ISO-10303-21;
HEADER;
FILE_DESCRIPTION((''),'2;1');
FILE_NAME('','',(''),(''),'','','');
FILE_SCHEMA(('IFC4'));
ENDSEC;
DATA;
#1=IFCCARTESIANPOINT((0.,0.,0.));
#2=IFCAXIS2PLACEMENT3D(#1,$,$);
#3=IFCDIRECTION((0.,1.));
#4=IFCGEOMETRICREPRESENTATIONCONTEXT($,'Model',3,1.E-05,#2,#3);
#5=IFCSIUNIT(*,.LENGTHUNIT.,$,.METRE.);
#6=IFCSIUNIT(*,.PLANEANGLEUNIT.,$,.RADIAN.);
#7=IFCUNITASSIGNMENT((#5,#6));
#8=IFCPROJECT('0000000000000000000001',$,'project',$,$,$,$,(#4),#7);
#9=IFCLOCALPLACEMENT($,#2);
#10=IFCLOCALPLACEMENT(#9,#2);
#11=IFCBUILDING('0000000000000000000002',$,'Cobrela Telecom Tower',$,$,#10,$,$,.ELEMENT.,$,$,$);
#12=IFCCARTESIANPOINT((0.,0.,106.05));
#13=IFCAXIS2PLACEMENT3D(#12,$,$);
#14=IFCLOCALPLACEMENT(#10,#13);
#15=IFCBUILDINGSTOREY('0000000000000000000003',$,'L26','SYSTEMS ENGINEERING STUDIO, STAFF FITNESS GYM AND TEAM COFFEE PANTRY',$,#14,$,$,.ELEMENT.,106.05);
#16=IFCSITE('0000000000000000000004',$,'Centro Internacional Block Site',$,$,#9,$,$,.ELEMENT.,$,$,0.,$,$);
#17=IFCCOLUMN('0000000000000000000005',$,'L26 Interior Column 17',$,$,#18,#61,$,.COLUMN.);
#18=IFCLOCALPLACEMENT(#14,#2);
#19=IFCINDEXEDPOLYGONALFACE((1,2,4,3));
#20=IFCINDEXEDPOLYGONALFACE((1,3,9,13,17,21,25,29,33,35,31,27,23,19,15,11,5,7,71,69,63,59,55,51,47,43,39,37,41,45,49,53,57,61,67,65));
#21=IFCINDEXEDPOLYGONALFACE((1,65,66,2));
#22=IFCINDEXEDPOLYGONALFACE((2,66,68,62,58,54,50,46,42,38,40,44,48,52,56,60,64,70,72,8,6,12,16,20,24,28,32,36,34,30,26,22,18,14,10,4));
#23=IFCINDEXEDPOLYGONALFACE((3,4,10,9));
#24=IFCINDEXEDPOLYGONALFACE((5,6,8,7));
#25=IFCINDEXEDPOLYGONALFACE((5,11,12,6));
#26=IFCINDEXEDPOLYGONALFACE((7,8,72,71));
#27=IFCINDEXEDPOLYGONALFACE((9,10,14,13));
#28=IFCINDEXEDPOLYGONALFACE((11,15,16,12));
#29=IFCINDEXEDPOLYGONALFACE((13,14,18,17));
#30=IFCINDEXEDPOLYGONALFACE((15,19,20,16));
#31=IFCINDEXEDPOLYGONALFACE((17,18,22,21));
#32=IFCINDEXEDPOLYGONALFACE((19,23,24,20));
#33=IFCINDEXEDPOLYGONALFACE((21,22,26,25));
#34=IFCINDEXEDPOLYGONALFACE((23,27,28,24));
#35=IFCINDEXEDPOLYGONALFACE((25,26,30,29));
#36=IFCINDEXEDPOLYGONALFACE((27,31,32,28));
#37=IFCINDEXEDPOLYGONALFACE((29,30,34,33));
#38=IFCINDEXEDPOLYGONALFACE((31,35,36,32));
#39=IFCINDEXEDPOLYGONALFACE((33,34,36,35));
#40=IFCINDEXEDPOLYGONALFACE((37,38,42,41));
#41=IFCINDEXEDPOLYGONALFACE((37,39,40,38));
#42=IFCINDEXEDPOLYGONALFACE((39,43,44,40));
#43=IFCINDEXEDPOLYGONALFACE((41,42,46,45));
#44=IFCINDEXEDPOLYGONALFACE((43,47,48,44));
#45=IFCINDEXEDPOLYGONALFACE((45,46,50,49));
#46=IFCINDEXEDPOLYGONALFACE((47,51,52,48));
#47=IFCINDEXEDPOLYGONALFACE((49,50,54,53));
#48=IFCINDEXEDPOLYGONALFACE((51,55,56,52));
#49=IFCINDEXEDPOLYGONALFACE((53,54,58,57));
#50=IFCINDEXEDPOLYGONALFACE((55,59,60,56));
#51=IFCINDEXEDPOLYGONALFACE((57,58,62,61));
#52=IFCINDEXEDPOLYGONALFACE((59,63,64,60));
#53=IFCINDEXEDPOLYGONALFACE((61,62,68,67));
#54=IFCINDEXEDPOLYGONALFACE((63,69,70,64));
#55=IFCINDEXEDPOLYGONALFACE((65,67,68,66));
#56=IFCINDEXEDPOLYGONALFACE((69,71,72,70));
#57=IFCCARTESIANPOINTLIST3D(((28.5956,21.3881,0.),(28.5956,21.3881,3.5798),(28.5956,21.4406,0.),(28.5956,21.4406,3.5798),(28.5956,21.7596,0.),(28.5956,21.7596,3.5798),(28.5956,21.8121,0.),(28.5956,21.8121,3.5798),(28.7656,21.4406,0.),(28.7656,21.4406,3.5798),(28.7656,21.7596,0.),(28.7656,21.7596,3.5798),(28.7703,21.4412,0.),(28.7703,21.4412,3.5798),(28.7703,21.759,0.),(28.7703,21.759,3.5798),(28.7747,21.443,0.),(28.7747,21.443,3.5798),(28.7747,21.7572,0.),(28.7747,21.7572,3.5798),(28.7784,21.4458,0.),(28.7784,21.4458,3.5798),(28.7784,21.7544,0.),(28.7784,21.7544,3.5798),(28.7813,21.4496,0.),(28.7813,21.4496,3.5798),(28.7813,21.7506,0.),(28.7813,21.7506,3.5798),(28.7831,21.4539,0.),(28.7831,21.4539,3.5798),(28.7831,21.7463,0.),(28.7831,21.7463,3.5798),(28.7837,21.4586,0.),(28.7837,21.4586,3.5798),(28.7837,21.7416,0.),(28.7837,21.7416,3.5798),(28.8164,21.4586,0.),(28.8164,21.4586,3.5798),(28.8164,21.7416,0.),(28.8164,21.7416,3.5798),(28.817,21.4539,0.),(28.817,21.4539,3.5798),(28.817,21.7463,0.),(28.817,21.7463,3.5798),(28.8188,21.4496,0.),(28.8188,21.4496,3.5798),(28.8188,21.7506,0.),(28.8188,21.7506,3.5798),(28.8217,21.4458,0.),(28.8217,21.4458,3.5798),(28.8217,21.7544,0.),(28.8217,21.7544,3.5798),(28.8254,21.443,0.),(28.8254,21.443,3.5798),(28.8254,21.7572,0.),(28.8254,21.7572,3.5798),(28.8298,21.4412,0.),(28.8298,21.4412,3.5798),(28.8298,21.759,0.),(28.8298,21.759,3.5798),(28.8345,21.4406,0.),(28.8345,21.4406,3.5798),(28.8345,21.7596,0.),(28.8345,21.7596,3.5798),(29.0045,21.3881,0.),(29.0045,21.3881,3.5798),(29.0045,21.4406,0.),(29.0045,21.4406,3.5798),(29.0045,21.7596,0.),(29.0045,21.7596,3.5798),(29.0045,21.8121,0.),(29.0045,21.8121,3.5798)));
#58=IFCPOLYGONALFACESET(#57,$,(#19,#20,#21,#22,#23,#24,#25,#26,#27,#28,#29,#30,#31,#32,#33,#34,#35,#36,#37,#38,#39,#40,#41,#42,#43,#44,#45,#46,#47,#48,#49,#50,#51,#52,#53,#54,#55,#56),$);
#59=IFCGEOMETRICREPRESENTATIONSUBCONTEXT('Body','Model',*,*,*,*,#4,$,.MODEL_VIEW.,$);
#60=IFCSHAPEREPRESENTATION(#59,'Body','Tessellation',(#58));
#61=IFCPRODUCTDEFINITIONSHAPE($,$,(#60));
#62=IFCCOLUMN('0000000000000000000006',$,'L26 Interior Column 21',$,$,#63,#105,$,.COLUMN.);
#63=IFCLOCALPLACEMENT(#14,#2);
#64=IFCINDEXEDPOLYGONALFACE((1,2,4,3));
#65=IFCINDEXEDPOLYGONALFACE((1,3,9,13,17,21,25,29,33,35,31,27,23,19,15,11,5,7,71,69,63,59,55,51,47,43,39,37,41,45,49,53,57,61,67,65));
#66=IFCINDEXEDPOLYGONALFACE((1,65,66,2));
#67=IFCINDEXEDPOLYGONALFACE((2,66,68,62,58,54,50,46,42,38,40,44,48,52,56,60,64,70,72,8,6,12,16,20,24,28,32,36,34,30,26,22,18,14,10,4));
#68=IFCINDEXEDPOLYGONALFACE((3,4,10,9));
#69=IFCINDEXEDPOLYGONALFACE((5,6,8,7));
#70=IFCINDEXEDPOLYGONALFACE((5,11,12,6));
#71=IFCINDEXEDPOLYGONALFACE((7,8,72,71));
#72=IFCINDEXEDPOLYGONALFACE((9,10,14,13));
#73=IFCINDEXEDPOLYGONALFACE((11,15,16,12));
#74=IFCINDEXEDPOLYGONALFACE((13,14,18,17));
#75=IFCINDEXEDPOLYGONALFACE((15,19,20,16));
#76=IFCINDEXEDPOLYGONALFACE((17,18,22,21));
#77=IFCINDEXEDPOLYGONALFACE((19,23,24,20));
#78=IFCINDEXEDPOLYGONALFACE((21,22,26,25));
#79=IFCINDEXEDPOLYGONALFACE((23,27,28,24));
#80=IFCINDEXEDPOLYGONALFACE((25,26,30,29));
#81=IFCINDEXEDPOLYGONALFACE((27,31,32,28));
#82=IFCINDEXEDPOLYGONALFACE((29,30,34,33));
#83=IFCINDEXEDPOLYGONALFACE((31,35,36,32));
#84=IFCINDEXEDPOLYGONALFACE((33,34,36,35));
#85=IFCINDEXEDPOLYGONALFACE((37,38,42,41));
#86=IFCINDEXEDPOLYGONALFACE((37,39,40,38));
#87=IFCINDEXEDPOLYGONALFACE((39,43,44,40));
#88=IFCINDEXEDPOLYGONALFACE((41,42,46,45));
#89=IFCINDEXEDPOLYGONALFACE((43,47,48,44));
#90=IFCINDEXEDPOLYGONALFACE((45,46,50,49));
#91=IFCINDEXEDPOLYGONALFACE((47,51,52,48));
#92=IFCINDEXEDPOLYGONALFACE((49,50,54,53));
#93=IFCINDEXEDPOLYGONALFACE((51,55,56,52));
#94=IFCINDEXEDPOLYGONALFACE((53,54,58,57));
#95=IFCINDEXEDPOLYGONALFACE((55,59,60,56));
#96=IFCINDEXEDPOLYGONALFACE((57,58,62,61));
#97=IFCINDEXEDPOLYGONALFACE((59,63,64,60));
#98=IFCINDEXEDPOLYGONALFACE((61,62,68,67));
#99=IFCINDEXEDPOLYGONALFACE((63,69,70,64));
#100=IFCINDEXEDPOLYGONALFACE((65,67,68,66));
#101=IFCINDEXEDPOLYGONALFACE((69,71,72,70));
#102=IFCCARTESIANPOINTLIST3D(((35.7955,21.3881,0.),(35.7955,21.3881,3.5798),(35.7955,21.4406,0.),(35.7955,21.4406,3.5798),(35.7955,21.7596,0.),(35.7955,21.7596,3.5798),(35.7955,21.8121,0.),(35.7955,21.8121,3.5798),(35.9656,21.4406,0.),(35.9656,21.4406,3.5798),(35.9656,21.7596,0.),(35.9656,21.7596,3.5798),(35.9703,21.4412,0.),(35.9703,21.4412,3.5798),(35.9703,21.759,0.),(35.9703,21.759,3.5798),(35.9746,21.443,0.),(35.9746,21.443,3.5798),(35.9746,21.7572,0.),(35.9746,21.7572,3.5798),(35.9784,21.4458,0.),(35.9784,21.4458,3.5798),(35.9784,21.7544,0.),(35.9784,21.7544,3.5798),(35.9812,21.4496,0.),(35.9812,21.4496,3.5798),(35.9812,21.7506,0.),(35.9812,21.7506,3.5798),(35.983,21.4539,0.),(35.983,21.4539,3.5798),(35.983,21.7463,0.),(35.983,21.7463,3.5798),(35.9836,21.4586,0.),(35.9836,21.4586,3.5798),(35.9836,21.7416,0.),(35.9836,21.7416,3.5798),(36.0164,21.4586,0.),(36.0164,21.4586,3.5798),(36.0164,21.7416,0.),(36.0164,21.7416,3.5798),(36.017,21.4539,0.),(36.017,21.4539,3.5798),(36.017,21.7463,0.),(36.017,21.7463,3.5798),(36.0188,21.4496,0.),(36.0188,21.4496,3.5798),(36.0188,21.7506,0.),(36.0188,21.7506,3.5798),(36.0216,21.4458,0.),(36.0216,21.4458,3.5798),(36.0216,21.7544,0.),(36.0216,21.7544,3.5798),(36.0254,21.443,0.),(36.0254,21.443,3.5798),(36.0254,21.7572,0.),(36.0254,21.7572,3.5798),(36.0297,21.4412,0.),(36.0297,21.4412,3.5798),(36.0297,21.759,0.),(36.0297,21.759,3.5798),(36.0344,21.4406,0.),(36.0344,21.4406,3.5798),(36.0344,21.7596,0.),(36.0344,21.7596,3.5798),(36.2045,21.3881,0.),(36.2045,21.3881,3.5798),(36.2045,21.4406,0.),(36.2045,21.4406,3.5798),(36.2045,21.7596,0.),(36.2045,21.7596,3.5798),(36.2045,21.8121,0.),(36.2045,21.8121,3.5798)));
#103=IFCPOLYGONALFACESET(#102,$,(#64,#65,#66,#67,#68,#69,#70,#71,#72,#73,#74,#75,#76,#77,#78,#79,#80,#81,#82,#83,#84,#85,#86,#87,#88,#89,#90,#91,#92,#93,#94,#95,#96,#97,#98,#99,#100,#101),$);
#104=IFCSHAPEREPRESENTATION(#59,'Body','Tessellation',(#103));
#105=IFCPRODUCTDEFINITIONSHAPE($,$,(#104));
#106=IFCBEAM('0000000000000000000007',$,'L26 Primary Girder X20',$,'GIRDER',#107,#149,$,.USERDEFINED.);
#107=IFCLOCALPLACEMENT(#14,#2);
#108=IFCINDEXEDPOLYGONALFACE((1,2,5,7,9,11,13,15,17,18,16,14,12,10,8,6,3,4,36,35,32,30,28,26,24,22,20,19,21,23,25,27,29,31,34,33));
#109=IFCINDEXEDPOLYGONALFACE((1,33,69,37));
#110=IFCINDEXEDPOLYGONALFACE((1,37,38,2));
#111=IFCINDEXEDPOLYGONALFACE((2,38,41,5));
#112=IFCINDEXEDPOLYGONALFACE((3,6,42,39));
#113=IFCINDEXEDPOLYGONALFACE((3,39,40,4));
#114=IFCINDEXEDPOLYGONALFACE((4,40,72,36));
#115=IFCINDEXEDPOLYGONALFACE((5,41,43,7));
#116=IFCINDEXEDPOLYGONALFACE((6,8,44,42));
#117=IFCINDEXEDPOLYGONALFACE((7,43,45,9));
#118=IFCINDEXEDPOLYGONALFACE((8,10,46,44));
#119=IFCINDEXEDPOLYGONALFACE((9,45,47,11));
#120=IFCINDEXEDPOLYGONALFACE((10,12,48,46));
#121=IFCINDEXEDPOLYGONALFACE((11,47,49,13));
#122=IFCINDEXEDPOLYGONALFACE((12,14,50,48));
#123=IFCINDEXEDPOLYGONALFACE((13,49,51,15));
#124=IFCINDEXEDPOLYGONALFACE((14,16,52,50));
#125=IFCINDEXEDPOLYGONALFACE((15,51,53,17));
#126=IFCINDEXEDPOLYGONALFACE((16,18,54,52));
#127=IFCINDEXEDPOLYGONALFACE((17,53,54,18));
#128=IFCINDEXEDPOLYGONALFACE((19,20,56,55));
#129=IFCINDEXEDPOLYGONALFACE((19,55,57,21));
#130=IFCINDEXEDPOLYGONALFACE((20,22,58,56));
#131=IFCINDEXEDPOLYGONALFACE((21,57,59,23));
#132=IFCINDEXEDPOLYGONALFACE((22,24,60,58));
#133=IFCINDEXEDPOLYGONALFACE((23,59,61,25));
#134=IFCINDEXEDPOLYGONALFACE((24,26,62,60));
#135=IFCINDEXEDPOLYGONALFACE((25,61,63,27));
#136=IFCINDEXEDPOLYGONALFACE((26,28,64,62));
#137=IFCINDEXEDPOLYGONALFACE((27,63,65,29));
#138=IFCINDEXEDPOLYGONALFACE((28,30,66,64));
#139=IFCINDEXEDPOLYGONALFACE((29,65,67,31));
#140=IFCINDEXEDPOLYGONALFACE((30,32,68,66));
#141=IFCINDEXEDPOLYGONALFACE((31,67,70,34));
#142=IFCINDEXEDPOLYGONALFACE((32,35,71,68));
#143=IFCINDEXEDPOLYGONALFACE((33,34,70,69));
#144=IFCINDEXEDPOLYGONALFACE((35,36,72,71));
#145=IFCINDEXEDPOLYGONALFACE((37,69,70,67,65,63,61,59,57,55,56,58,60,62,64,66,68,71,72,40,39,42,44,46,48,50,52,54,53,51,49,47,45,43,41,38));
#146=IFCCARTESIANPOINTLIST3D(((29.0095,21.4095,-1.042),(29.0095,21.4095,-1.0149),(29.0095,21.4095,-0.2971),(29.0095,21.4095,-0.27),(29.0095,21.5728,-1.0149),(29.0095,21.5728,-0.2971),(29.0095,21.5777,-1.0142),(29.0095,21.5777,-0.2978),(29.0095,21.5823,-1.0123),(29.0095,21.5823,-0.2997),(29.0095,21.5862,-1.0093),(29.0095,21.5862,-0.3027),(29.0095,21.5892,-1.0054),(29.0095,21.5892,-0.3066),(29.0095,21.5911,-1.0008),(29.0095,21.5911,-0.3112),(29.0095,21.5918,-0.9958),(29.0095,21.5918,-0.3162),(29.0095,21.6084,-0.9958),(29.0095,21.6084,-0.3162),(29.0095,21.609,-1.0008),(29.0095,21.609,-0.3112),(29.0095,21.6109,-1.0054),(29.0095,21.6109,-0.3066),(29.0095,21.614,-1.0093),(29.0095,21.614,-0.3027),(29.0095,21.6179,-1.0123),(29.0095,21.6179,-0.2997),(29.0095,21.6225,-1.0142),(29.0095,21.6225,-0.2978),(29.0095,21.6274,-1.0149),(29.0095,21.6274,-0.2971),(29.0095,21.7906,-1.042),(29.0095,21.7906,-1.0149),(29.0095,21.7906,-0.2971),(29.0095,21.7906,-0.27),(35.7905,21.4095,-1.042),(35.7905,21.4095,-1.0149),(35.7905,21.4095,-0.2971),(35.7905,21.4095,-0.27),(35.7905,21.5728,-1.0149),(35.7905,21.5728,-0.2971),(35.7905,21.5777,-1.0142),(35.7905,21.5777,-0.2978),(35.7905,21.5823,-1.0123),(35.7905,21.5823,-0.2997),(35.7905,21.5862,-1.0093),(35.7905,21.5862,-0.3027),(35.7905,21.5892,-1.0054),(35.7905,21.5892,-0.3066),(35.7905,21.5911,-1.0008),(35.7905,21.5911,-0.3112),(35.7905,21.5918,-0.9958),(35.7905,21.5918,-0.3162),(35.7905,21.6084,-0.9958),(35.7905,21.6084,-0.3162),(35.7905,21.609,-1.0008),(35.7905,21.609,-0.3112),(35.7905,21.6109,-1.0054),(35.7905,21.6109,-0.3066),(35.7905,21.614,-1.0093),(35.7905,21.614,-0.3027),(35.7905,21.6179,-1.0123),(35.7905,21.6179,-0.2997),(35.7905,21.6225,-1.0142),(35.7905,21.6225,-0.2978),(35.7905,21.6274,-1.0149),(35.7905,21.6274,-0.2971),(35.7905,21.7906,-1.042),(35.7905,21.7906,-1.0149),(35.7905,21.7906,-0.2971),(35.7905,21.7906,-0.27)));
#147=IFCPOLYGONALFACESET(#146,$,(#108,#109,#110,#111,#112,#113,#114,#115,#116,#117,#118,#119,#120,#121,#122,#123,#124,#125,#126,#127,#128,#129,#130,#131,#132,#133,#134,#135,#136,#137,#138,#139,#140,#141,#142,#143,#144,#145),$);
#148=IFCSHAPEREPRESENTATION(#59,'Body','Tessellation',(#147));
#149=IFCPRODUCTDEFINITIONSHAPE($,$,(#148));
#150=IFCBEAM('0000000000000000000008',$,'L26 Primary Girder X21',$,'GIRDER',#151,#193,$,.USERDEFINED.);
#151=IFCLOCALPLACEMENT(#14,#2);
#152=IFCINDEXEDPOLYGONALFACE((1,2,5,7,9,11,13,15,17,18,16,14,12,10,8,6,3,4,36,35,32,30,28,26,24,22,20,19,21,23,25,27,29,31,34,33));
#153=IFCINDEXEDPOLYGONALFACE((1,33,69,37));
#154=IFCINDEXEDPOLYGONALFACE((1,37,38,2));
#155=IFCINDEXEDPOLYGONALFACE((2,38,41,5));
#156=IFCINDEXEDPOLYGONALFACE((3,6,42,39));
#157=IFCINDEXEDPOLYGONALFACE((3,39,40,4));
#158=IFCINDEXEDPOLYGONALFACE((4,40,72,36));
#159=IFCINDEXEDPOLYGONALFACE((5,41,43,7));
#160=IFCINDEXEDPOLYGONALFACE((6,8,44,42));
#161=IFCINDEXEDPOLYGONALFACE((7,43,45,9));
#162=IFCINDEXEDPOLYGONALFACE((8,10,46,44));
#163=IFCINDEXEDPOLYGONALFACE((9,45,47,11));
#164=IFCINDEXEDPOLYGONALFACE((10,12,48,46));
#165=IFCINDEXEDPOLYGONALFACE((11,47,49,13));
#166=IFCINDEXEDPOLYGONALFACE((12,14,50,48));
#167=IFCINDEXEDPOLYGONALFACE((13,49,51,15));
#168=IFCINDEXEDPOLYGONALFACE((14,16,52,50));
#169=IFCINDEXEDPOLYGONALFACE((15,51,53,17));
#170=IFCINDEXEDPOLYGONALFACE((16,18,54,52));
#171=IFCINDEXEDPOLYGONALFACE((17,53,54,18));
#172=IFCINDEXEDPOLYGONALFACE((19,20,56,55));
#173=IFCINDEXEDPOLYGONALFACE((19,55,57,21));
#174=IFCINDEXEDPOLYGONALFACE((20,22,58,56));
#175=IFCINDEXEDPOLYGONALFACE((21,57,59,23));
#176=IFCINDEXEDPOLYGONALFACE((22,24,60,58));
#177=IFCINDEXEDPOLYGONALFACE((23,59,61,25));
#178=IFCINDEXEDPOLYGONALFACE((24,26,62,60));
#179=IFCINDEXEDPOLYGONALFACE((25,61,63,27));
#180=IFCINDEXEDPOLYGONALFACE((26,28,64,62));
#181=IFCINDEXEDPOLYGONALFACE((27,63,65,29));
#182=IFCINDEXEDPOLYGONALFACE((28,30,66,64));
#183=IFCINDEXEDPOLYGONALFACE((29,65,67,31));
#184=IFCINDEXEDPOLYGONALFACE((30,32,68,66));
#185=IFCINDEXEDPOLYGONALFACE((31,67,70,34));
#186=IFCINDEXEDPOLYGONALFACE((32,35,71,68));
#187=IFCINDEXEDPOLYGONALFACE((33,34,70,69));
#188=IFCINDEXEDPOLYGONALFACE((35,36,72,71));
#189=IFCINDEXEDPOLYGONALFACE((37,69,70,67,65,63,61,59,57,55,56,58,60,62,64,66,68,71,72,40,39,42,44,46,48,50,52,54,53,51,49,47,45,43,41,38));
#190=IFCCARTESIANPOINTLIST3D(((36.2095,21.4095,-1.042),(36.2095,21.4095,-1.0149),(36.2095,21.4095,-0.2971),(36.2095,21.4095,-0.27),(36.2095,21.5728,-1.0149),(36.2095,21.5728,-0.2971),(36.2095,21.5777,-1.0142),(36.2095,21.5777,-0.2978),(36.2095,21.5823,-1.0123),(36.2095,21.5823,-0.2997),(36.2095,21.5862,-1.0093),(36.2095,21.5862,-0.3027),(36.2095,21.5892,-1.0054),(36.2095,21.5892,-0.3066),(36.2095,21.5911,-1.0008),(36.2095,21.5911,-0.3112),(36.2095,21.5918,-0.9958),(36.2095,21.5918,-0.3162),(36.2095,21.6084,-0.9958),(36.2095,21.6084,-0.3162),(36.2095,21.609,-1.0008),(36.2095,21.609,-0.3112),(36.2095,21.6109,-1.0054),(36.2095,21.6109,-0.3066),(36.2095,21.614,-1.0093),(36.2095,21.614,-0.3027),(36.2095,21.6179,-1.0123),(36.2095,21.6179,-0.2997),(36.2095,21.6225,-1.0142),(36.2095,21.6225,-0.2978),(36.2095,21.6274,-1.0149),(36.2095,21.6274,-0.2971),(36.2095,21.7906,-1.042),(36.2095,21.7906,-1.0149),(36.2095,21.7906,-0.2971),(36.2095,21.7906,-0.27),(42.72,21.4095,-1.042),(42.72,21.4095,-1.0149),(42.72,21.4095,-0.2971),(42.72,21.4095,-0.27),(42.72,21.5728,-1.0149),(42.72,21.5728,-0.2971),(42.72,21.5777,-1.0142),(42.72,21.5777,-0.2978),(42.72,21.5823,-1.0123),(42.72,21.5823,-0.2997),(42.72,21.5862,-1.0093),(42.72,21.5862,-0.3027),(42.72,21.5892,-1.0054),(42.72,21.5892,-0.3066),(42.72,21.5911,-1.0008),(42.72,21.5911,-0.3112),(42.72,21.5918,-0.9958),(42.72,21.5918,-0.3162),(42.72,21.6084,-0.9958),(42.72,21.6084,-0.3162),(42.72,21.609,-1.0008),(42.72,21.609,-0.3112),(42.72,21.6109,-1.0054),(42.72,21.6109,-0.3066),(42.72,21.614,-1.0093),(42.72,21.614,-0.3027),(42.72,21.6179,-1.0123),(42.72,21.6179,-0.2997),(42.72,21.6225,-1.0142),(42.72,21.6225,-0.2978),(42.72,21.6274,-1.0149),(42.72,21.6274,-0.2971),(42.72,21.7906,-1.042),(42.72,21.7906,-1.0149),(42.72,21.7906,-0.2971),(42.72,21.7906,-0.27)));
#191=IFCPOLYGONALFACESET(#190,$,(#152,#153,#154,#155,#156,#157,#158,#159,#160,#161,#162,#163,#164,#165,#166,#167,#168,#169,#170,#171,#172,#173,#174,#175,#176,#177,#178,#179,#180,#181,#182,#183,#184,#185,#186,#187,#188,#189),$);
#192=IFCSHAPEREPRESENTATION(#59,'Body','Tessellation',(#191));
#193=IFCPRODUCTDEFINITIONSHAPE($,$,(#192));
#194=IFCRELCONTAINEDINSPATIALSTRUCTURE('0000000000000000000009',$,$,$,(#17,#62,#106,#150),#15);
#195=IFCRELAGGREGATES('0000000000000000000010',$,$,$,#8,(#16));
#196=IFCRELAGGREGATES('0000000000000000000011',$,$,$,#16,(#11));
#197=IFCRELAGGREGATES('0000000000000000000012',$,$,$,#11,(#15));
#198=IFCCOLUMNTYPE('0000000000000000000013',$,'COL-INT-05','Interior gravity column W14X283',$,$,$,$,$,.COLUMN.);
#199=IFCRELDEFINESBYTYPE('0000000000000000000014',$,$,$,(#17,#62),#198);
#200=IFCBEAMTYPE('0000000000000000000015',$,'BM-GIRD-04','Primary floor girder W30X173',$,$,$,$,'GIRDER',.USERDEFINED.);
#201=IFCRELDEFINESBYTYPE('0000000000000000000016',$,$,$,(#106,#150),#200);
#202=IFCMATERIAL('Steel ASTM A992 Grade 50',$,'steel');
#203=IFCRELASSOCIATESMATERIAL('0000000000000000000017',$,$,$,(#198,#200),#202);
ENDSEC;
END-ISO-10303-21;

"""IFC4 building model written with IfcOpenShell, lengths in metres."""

from ifc_helpers import new_model, si_unit, direction, frame, origin, origin_2d, place, context, subcontext, project, spatial, i_section, extrude, material, material_profile, profile_set, type_object, element, save


model = new_model("IFC4")

# Units and contexts
model_context = context("Model", 3, precision=1e-05, world=origin(), true_north=direction((0.0, 1.0)))
body_context = subcontext(model_context, "Body", "Model", "MODEL_VIEW")
ifc_project = project(units=[si_unit("LENGTHUNIT", "METRE"), si_unit("PLANEANGLEUNIT", "RADIAN")], contexts=[model_context])

# Site, building, storey
site_placement = place(None, origin())
site = spatial("IfcSite", under=ifc_project, at=site_placement, Name="Centro Internacional Block Site", CompositionType="ELEMENT", RefElevation=0.0)
building_placement = place(site_placement, origin())
building = spatial("IfcBuilding", under=site, at=building_placement, Name="Cobrela Telecom Tower", CompositionType="ELEMENT")
storey_placement = place(building_placement, frame((0.0, 0.0, 106.05)))
storey = spatial("IfcBuildingStorey", under=building, at=storey_placement, Name="L26", Description="SYSTEMS ENGINEERING STUDIO, STAFF FITNESS GYM AND TEAM COFFEE PANTRY", CompositionType="ELEMENT", Elevation=106.05)

# Columns
ifc_material_1 = material(Name="Steel ASTM A992 Grade 50", Category="steel")
ifc_material_profile_1 = material_profile(ifc_material_1, i_section(OverallWidth=0.4089, OverallDepth=0.4241, WebThickness=0.0327, FlangeThickness=0.0525, FilletRadius=0.0181, at=origin_2d()), Name="W14X283")
ifc_profile_set_1 = profile_set([ifc_material_profile_1], Name="Steel ASTM A992 Grade 50")
column_type = type_object("IfcColumnType", Name="COL-INT-05", Description="Interior gravity column W14X283", PredefinedType="COLUMN", material=ifc_profile_set_1)
for number, where, z_axis, x_axis, name in (
    (1, (28.8, 21.6001, 0.0), (0.0, 0.0, 1.0), (1.0, 0.0, 0.0), "L26 Interior Column 17"),
    (2, (36.0, 21.6001, 0.0), (0.0, 0.0, 1.0), (1.0, 0.0, 0.0), "L26 Interior Column 21"),
):
    element("IfcColumn", number, at=place(storey_placement, frame(where, z_axis=z_axis, x_axis=x_axis)), inside=storey, type_object=column_type, Name=name, PredefinedType="COLUMN", context=body_context, shape_type="SweptSolid", body=[
        extrude(i_section(OverallWidth=0.4089, OverallDepth=0.4241, WebThickness=0.0327, FlangeThickness=0.0525, FilletRadius=0.0181, at=origin_2d()), origin(), (0.0, 0.0, 1.0), 3.5798),
    ])

# Beams
ifc_material_profile_2 = material_profile(ifc_material_1, i_section(OverallWidth=0.3811, OverallDepth=0.772, WebThickness=0.0166, FlangeThickness=0.0271, FilletRadius=0.019, at=origin_2d()), Name="W30X173")
ifc_profile_set_2 = profile_set([ifc_material_profile_2], Name="Steel ASTM A992 Grade 50")
beam_type_1 = type_object("IfcBeamType", Name="BM-GIRD-04", Description="Primary floor girder W30X173", ElementType="GIRDER", PredefinedType="USERDEFINED", material=ifc_profile_set_2)
beam_1_placement = place(storey_placement, frame((29.0095, 21.6001, -0.656), z_axis=(1.0, 0.0, 0.0), x_axis=(0.0, 1.0, 0.0)))
element("IfcBeam", 3, at=beam_1_placement, inside=storey, type_object=beam_type_1, Name="L26 Primary Girder X20", ObjectType="GIRDER", PredefinedType="USERDEFINED", context=body_context, shape_type="SweptSolid", body=[
    extrude(i_section(OverallWidth=0.3811, OverallDepth=0.772, WebThickness=0.0166, FlangeThickness=0.0271, FilletRadius=0.019, at=origin_2d()), origin(), (0.0, 0.0, 1.0), 6.781),
])
beam_2_placement = place(storey_placement, frame((36.2095, 21.6001, -0.656), z_axis=(1.0, 0.0, 0.0), x_axis=(0.0, 1.0, 0.0)))
element("IfcBeam", 4, at=beam_2_placement, inside=storey, type_object=beam_type_1, Name="L26 Primary Girder X21", ObjectType="GIRDER", PredefinedType="USERDEFINED", context=body_context, shape_type="SweptSolid", body=[
    extrude(i_section(OverallWidth=0.3811, OverallDepth=0.772, WebThickness=0.0166, FlangeThickness=0.0271, FilletRadius=0.019, at=origin_2d()), origin(), (0.0, 0.0, 1.0), 6.5105),
])

save(model, "model.ifc")
